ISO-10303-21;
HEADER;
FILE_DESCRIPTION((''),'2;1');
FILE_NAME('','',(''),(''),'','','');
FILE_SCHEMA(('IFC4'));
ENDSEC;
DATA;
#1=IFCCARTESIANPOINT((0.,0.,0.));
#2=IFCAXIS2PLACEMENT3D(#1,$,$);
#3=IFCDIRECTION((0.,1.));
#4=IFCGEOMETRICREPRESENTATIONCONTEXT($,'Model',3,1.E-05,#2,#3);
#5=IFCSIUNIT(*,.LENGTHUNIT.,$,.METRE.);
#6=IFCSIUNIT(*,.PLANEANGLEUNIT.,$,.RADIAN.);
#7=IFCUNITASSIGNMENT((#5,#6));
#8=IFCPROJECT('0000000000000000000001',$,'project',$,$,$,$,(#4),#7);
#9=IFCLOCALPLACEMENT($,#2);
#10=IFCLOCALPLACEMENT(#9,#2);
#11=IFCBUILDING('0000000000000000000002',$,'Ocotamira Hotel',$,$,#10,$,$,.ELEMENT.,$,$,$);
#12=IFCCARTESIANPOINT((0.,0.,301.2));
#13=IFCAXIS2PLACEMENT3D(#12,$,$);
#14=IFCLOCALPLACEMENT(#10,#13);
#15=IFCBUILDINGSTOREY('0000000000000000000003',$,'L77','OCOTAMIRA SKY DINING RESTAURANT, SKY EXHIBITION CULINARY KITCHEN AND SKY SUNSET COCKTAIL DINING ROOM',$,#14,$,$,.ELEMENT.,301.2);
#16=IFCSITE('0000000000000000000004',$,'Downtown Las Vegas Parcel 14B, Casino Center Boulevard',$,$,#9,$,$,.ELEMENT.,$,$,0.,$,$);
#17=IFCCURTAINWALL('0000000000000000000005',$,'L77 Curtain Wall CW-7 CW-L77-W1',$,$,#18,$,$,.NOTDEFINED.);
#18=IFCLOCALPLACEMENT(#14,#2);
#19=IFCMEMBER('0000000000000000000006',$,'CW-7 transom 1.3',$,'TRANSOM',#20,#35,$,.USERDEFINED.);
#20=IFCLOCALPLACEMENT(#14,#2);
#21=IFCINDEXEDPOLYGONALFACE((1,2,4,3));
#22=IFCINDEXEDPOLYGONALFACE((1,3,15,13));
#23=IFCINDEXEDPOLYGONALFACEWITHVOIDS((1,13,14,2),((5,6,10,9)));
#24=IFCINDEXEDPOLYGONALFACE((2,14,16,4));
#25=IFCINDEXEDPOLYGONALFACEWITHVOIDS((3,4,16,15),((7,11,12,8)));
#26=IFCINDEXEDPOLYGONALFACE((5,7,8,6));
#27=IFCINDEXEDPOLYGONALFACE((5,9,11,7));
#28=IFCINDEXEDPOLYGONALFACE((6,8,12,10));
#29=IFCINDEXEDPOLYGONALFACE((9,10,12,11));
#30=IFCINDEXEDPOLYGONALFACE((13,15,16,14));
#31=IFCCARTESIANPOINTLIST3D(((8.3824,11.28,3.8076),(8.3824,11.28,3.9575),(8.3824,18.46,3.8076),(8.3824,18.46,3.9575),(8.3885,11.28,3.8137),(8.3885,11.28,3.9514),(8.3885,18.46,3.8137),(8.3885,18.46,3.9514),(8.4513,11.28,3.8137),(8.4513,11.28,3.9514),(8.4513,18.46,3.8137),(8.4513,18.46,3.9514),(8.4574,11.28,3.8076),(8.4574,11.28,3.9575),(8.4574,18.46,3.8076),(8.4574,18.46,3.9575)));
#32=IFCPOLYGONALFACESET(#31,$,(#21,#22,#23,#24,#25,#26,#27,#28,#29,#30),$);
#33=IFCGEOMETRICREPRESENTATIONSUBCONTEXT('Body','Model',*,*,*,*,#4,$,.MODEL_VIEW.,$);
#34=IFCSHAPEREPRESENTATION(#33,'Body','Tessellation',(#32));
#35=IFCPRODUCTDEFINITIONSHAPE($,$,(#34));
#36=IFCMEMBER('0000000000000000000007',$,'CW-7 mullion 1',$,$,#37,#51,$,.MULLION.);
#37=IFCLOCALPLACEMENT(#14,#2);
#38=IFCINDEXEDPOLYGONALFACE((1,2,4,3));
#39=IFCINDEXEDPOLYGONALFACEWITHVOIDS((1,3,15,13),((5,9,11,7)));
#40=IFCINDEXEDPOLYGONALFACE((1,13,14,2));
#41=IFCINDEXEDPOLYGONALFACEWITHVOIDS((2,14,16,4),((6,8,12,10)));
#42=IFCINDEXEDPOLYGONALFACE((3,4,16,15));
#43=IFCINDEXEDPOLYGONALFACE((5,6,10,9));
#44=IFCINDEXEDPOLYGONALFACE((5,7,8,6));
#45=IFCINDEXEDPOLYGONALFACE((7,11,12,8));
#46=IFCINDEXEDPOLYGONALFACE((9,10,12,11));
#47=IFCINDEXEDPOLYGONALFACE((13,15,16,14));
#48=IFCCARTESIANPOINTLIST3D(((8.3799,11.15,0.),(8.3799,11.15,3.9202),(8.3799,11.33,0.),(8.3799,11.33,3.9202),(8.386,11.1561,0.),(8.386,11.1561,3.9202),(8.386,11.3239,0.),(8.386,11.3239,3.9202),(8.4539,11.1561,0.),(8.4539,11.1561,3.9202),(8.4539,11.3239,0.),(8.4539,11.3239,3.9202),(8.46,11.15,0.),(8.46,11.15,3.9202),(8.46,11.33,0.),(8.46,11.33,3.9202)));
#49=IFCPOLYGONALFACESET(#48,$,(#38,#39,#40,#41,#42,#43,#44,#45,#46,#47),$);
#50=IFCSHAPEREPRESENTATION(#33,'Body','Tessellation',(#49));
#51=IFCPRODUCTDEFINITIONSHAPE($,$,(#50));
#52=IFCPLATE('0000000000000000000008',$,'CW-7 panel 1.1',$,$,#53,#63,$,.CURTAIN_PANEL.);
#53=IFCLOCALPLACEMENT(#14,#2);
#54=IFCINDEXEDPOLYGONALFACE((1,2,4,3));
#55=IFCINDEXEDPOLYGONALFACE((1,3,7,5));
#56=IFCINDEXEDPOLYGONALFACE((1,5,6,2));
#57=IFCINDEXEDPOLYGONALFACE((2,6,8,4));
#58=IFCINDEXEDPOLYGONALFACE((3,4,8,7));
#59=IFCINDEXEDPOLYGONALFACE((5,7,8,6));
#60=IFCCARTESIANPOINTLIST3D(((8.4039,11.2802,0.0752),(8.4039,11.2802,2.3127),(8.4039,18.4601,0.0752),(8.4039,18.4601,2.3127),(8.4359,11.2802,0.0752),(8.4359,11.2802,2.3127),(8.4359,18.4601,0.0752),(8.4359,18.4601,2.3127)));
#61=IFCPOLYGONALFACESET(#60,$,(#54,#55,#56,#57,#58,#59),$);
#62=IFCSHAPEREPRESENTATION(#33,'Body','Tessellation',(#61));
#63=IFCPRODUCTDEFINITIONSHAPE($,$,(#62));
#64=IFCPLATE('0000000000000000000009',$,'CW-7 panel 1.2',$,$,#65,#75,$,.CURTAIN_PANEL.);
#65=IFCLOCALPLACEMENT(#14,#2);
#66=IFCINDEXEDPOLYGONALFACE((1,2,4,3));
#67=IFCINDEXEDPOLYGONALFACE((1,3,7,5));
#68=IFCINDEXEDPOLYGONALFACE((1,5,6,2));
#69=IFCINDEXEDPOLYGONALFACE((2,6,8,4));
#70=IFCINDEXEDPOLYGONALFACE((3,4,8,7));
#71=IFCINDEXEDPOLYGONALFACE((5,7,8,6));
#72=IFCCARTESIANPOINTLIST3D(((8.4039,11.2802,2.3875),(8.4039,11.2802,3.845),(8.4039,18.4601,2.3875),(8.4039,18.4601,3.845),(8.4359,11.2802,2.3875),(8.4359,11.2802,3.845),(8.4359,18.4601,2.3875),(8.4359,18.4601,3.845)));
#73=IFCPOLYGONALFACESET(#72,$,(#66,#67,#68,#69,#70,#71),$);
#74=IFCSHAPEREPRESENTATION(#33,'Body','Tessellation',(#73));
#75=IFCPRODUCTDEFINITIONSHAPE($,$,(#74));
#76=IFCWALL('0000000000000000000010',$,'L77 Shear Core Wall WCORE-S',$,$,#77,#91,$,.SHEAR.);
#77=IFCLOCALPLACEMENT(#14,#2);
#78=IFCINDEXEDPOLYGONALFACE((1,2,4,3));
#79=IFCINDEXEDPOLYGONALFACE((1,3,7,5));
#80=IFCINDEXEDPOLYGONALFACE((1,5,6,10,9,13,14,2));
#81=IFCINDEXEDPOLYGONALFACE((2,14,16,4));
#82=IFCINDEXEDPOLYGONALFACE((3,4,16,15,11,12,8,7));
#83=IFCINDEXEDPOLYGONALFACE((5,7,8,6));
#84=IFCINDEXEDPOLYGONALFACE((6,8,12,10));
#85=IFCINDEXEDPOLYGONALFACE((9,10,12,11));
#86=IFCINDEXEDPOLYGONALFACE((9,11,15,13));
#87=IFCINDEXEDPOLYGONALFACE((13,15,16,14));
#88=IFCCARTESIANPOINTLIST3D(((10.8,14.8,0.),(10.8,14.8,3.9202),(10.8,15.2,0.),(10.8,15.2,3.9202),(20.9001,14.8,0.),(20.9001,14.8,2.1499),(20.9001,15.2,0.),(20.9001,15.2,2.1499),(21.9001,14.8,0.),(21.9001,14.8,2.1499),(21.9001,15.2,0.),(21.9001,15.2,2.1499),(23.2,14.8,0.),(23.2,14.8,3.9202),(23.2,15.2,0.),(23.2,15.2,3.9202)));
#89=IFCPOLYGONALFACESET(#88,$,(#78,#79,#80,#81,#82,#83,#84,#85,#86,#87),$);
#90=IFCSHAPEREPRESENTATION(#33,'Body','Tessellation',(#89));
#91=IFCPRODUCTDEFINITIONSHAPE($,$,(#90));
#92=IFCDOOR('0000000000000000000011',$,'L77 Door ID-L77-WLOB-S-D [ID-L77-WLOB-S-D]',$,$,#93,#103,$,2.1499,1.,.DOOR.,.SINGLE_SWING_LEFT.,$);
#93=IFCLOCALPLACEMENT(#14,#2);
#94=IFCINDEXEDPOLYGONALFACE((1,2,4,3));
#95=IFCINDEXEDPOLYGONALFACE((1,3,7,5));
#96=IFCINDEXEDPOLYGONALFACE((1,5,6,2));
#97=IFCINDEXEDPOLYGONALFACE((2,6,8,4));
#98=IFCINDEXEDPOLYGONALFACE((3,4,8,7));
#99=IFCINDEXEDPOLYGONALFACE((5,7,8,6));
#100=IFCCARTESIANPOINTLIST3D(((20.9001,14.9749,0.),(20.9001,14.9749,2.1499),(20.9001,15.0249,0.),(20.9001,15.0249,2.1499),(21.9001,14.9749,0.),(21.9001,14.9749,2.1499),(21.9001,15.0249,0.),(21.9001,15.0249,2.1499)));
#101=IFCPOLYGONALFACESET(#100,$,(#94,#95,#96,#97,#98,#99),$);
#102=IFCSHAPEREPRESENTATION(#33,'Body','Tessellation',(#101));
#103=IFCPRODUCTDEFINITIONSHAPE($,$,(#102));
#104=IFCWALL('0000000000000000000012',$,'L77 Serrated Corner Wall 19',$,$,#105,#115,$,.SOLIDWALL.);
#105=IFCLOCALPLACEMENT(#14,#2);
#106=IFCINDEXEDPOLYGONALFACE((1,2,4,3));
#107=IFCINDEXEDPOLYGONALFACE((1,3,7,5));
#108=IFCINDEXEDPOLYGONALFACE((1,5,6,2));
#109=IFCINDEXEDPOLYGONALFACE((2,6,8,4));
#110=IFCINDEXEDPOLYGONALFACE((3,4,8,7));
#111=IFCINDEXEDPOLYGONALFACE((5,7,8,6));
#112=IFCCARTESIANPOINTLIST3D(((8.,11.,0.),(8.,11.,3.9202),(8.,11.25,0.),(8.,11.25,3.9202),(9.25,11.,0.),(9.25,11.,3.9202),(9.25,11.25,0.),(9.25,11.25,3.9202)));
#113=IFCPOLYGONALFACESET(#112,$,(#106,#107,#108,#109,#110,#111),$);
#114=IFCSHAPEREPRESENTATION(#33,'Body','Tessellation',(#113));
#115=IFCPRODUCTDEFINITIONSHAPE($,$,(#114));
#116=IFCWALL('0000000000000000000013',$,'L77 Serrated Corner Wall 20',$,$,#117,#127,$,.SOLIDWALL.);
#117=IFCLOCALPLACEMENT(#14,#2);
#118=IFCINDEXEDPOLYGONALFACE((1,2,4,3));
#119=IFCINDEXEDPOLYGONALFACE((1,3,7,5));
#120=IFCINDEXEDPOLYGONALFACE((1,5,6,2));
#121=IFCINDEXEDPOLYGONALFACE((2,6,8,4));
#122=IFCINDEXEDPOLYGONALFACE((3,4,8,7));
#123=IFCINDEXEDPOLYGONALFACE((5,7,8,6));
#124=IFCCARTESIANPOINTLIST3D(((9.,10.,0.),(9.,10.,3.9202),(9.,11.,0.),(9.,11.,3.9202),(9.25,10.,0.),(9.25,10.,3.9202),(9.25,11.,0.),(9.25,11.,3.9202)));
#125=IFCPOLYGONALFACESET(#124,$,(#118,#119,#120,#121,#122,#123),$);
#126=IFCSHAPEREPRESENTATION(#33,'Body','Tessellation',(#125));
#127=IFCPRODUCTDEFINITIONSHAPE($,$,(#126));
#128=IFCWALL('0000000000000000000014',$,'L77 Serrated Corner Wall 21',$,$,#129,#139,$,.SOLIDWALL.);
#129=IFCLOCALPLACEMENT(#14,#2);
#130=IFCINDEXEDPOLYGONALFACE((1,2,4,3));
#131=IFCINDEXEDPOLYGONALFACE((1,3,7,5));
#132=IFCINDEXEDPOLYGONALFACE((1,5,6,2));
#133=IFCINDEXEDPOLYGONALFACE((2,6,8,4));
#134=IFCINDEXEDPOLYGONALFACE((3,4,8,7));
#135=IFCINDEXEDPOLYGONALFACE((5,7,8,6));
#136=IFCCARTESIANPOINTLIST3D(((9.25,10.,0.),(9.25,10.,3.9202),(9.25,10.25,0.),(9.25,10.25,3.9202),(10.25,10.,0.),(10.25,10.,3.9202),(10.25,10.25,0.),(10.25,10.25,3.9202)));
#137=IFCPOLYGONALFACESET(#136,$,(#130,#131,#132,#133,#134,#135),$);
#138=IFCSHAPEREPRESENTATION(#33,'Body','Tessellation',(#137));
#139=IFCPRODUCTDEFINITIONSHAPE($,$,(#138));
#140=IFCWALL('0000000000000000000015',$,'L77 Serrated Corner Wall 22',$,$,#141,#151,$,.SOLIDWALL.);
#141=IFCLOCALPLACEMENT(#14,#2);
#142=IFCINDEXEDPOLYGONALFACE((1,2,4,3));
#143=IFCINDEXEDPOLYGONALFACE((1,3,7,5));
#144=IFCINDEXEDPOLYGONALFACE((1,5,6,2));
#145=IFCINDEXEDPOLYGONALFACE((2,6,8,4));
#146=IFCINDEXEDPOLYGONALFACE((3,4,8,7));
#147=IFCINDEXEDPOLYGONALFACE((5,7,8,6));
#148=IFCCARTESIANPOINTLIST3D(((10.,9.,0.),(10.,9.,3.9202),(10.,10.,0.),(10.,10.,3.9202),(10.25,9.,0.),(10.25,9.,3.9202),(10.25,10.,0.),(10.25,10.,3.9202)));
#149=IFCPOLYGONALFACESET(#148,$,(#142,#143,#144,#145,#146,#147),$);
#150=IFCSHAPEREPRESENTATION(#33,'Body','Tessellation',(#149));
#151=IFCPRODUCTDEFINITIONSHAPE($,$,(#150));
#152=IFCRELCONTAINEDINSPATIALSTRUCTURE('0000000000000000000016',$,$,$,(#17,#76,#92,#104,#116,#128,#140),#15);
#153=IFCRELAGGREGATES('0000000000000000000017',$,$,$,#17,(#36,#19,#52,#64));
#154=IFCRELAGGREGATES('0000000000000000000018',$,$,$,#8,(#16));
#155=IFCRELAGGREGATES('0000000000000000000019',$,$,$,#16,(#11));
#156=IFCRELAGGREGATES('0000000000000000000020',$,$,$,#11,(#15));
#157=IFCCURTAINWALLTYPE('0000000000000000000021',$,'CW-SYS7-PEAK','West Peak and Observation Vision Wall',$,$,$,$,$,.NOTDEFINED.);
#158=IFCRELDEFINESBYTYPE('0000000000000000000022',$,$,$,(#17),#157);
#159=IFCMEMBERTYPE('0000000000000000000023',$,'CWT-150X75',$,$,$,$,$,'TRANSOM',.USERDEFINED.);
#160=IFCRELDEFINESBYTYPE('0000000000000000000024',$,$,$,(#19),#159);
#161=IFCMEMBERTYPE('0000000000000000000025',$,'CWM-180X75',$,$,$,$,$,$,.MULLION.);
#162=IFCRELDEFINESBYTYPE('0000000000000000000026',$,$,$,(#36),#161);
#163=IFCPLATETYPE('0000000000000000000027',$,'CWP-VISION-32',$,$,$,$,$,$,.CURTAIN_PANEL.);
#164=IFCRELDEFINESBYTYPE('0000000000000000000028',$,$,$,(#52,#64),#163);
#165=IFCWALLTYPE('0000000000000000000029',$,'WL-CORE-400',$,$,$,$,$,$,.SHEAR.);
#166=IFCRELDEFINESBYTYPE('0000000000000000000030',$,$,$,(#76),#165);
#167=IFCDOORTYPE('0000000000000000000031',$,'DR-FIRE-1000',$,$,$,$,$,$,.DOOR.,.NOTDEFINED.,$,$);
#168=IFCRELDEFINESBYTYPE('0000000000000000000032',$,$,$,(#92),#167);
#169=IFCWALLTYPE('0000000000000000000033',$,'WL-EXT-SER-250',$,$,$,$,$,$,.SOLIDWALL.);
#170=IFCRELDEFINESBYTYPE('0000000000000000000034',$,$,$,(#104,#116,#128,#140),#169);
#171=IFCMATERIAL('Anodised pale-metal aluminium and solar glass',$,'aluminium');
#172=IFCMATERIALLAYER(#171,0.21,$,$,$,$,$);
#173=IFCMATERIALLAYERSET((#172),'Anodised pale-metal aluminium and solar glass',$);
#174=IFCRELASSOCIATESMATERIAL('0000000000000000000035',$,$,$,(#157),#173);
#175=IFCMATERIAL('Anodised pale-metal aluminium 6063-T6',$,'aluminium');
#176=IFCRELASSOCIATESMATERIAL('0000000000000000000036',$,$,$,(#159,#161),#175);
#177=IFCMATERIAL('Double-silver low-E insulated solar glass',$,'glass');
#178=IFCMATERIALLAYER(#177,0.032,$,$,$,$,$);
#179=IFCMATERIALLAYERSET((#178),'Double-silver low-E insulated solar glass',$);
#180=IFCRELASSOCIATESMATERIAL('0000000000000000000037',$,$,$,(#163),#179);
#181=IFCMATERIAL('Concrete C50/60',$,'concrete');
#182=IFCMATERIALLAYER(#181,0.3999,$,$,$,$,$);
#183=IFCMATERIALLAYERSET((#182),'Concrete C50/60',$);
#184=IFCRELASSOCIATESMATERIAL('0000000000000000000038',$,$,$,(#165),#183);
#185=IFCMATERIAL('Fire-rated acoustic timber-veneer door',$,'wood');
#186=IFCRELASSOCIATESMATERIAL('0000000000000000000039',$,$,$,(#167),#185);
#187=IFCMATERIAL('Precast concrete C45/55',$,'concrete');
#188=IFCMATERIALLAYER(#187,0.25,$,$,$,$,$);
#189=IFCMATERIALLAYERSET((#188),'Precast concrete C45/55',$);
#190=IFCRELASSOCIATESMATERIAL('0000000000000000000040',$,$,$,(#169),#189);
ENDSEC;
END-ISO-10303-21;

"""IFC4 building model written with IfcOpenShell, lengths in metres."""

from ifc_helpers import new_model, si_unit, direction, frame, frame_2d, origin, origin_2d, place, context, subcontext, project, spatial, rectangle, hollow_rectangle, extrude, source, transform, mapped, material, layer, layer_set, material_profile, profile_set, type_object, element, fill, aggregate, save


model = new_model("IFC4")

# Units and contexts
model_context = context("Model", 3, precision=1e-05, world=origin(), true_north=direction((0.0, 1.0)))
body_context = subcontext(model_context, "Body", "Model", "MODEL_VIEW")
ifc_project = project(units=[si_unit("LENGTHUNIT", "METRE"), si_unit("PLANEANGLEUNIT", "RADIAN")], contexts=[model_context])

# Site, building, storey
site_placement = place(None, origin())
site = spatial("IfcSite", under=ifc_project, at=site_placement, Name="Downtown Las Vegas Parcel 14B, Casino Center Boulevard", CompositionType="ELEMENT", RefElevation=0.0)
building_placement = place(site_placement, origin())
building = spatial("IfcBuilding", under=site, at=building_placement, Name="Ocotamira Hotel", CompositionType="ELEMENT")
storey_placement = place(building_placement, frame((0.0, 0.0, 301.2)))
storey = spatial("IfcBuildingStorey", under=building, at=storey_placement, Name="L77", Description="OCOTAMIRA SKY DINING RESTAURANT, SKY EXHIBITION CULINARY KITCHEN AND SKY SUNSET COCKTAIL DINING ROOM", CompositionType="ELEMENT", Elevation=301.2)

# Curtain wall, members, plates
ifc_material_1 = material(Name="Anodised pale-metal aluminium and solar glass", Category="aluminium")
ifc_layer_1 = layer(ifc_material_1, 0.21)
ifc_layer_set_1 = layer_set([ifc_layer_1], Name="Anodised pale-metal aluminium and solar glass")
curtain_wall_type = type_object("IfcCurtainWallType", Name="CW-SYS7-PEAK", Description="West Peak and Observation Vision Wall", PredefinedType="NOTDEFINED", material=ifc_layer_set_1)
curtain_wall_placement = place(storey_placement, origin())
curtain_wall = element("IfcCurtainWall", 1, at=curtain_wall_placement, inside=storey, type_object=curtain_wall_type, Name="L77 Curtain Wall CW-7 CW-L77-W1", PredefinedType="NOTDEFINED")
ifc_material_2 = material(Name="Anodised pale-metal aluminium 6063-T6", Category="aluminium")
ifc_material_profile_1 = material_profile(ifc_material_2, hollow_rectangle(XDim=0.075, YDim=0.1499, WallThickness=0.0061, at=origin_2d()), Name="HSS150X75X6")
ifc_profile_set_1 = profile_set([ifc_material_profile_1], Name="Anodised pale-metal aluminium 6063-T6")
member_type_1 = type_object("IfcMemberType", Name="CWT-150X75", ElementType="TRANSOM", PredefinedType="USERDEFINED", material=ifc_profile_set_1)
shared_shape_1 = source(origin(), body_context, "Body", "SweptSolid", [
    extrude(hollow_rectangle(XDim=0.075, YDim=0.1499, WallThickness=0.0061, at=origin_2d()), origin(), (0.0, 0.0, 1.0), 7.1799),
])
member_1_placement = place(storey_placement, frame((8.4199, 11.28, 3.8826), z_axis=(0.0, 1.0, 0.0), x_axis=(-1.0, 0.0, 0.0)))
member_1 = element("IfcMember", 2, at=member_1_placement, type_object=member_type_1, Name="CW-7 transom 1.3", ObjectType="TRANSOM", PredefinedType="USERDEFINED", context=body_context, shape_type="MappedRepresentation", body=[
    mapped(shared_shape_1, transform((0.0, 0.0, 0.0), scale=1.0)),
])
ifc_material_profile_2 = material_profile(ifc_material_2, hollow_rectangle(XDim=0.0801, YDim=0.1799, WallThickness=0.0061, at=origin_2d()), Name="HSS180X80X6")
ifc_profile_set_2 = profile_set([ifc_material_profile_2], Name="Anodised pale-metal aluminium 6063-T6")
member_type_2 = type_object("IfcMemberType", Name="CWM-180X75", PredefinedType="MULLION", material=ifc_profile_set_2)
shared_shape_2 = source(origin(), body_context, "Body", "SweptSolid", [
    extrude(hollow_rectangle(XDim=0.0801, YDim=0.1799, WallThickness=0.0061, at=origin_2d()), origin(), (0.0, 0.0, 1.0), 3.9202),
])
member_2_placement = place(storey_placement, frame((8.4199, 11.24, 0.0), z_axis=(0.0, 0.0, 1.0), x_axis=(-1.0, 0.0, 0.0)))
member_2 = element("IfcMember", 3, at=member_2_placement, type_object=member_type_2, Name="CW-7 mullion 1", PredefinedType="MULLION", context=body_context, shape_type="MappedRepresentation", body=[
    mapped(shared_shape_2, transform((0.0, 0.0, 0.0), scale=1.0)),
])
ifc_material_3 = material(Name="Double-silver low-E insulated solar glass", Category="glass")
ifc_layer_2 = layer(ifc_material_3, 0.032)
ifc_layer_set_2 = layer_set([ifc_layer_2], Name="Double-silver low-E insulated solar glass")
plate_type = type_object("IfcPlateType", Name="CWP-VISION-32", PredefinedType="CURTAIN_PANEL", material=ifc_layer_set_2)
shared_shape_3 = source(origin(), body_context, "Body", "SweptSolid", [
    extrude(rectangle(XDim=7.1799, YDim=0.032, at=origin_2d()), origin(), (0.0, 0.0, 1.0), 2.2375),
])
plate_1_placement = place(storey_placement, frame((8.4199, 14.8701, 0.0752), z_axis=(0.0, 0.0, 1.0), x_axis=(0.0, 1.0, 0.0)))
plate_1 = element("IfcPlate", 4, at=plate_1_placement, type_object=plate_type, Name="CW-7 panel 1.1", PredefinedType="CURTAIN_PANEL", context=body_context, shape_type="MappedRepresentation", body=[
    mapped(shared_shape_3, transform((0.0, 0.0, 0.0), scale=1.0)),
])
shared_shape_4 = source(origin(), body_context, "Body", "SweptSolid", [
    extrude(rectangle(XDim=7.1799, YDim=0.032, at=origin_2d()), origin(), (0.0, 0.0, 1.0), 1.4575),
])
plate_2_placement = place(storey_placement, frame((8.4199, 14.8701, 2.3875), z_axis=(0.0, 0.0, 1.0), x_axis=(0.0, 1.0, 0.0)))
plate_2 = element("IfcPlate", 5, at=plate_2_placement, type_object=plate_type, Name="CW-7 panel 1.2", PredefinedType="CURTAIN_PANEL", context=body_context, shape_type="MappedRepresentation", body=[
    mapped(shared_shape_4, transform((0.0, 0.0, 0.0), scale=1.0)),
])
aggregate(curtain_wall, [member_2, member_1, plate_1, plate_2])

# Wall, opening, door
ifc_material_4 = material(Name="Concrete C50/60", Category="concrete")
ifc_layer_3 = layer(ifc_material_4, 0.3999)
ifc_layer_set_3 = layer_set([ifc_layer_3], Name="Concrete C50/60")
wall_type_1 = type_object("IfcWallType", Name="WL-CORE-400", PredefinedType="SHEAR", material=ifc_layer_set_3)
wall_1_placement = place(storey_placement, frame((10.8, 15.0, 0.0), z_axis=(0.0, 0.0, 1.0), x_axis=(1.0, 0.0, 0.0)))
wall_1 = element("IfcWall", 6, at=wall_1_placement, inside=storey, type_object=wall_type_1, Name="L77 Shear Core Wall WCORE-S", PredefinedType="SHEAR", context=body_context, shape_type="SweptSolid", body=[
    extrude(rectangle(XDim=12.3999, YDim=0.3999, at=frame_2d((6.2, 0.0))), origin(), (0.0, 0.0, 1.0), 3.9202),
])
opening_1_placement = place(wall_1_placement, frame((10.1001, 0.0, 0.0)))
opening_1 = element("IfcOpeningElement", 7, at=opening_1_placement, cuts=wall_1, PredefinedType="OPENING", context=body_context, shape_type="SweptSolid", body=[
    extrude(rectangle(XDim=1.0, YDim=2.1499, at=frame_2d((0.5, 1.075))), frame((0.0, 0.21, 0.0), z_axis=(0.0, -1.0, 0.0), x_axis=(1.0, 0.0, 0.0)), (0.0, 0.0, 1.0), 0.4199),
])
ifc_material_5 = material(Name="Fire-rated acoustic timber-veneer door", Category="wood")
door_type_1 = type_object("IfcDoorType", Name="DR-FIRE-1000", OperationType="NOTDEFINED", PredefinedType="DOOR", material=ifc_material_5)
shared_shape_5 = source(origin(), body_context, "Body", "SweptSolid", [
    extrude(rectangle(XDim=1.0, YDim=2.1499, at=frame_2d((0.5, 1.075))), frame((0.0, 0.0249, 0.0), z_axis=(0.0, -1.0, 0.0), x_axis=(1.0, 0.0, 0.0)), (0.0, 0.0, 1.0), 0.05),
])
door_1_placement = place(opening_1_placement, origin())
door_1 = element("IfcDoor", 8, at=door_1_placement, inside=storey, type_object=door_type_1, Name="L77 Door ID-L77-WLOB-S-D [ID-L77-WLOB-S-D]", OperationType="SINGLE_SWING_LEFT", OverallHeight=2.1499, OverallWidth=1.0, PredefinedType="DOOR", context=body_context, shape_type="MappedRepresentation", body=[
    mapped(shared_shape_5, transform((0.0, 0.0, 0.0), scale=1.0)),
])
fill(opening_1, door_1)

# Walls
ifc_material_6 = material(Name="Precast concrete C45/55", Category="concrete")
ifc_layer_4 = layer(ifc_material_6, 0.25)
ifc_layer_set_4 = layer_set([ifc_layer_4], Name="Precast concrete C45/55")
wall_type_2 = type_object("IfcWallType", Name="WL-EXT-SER-250", PredefinedType="SOLIDWALL", material=ifc_layer_set_4)
wall_2_placement = place(storey_placement, frame((8.0, 11.125, 0.0), z_axis=(0.0, 0.0, 1.0), x_axis=(1.0, 0.0, 0.0)))
element("IfcWall", 9, at=wall_2_placement, inside=storey, type_object=wall_type_2, Name="L77 Serrated Corner Wall 19", PredefinedType="SOLIDWALL", context=body_context, shape_type="SweptSolid", body=[
    extrude(rectangle(XDim=1.25, YDim=0.25, at=frame_2d((0.625, 0.0))), origin(), (0.0, 0.0, 1.0), 3.9202),
])
for number, where, z_axis, x_axis, name in (
    (10, (9.125, 11.0, 0.0), (0.0, 0.0, 1.0), (0.0, -1.0, 0.0), "L77 Serrated Corner Wall 20"),
    (11, (9.25, 10.125, 0.0), (0.0, 0.0, 1.0), (1.0, 0.0, 0.0), "L77 Serrated Corner Wall 21"),
    (12, (10.125, 10.0, 0.0), (0.0, 0.0, 1.0), (0.0, -1.0, 0.0), "L77 Serrated Corner Wall 22"),
):
    element("IfcWall", number, at=place(storey_placement, frame(where, z_axis=z_axis, x_axis=x_axis)), inside=storey, type_object=wall_type_2, Name=name, PredefinedType="SOLIDWALL", context=body_context, shape_type="SweptSolid", body=[
        extrude(rectangle(XDim=1.0, YDim=0.25, at=frame_2d((0.5, 0.0))), origin(), (0.0, 0.0, 1.0), 3.9202),
    ])

save(model, "model.ifc")
